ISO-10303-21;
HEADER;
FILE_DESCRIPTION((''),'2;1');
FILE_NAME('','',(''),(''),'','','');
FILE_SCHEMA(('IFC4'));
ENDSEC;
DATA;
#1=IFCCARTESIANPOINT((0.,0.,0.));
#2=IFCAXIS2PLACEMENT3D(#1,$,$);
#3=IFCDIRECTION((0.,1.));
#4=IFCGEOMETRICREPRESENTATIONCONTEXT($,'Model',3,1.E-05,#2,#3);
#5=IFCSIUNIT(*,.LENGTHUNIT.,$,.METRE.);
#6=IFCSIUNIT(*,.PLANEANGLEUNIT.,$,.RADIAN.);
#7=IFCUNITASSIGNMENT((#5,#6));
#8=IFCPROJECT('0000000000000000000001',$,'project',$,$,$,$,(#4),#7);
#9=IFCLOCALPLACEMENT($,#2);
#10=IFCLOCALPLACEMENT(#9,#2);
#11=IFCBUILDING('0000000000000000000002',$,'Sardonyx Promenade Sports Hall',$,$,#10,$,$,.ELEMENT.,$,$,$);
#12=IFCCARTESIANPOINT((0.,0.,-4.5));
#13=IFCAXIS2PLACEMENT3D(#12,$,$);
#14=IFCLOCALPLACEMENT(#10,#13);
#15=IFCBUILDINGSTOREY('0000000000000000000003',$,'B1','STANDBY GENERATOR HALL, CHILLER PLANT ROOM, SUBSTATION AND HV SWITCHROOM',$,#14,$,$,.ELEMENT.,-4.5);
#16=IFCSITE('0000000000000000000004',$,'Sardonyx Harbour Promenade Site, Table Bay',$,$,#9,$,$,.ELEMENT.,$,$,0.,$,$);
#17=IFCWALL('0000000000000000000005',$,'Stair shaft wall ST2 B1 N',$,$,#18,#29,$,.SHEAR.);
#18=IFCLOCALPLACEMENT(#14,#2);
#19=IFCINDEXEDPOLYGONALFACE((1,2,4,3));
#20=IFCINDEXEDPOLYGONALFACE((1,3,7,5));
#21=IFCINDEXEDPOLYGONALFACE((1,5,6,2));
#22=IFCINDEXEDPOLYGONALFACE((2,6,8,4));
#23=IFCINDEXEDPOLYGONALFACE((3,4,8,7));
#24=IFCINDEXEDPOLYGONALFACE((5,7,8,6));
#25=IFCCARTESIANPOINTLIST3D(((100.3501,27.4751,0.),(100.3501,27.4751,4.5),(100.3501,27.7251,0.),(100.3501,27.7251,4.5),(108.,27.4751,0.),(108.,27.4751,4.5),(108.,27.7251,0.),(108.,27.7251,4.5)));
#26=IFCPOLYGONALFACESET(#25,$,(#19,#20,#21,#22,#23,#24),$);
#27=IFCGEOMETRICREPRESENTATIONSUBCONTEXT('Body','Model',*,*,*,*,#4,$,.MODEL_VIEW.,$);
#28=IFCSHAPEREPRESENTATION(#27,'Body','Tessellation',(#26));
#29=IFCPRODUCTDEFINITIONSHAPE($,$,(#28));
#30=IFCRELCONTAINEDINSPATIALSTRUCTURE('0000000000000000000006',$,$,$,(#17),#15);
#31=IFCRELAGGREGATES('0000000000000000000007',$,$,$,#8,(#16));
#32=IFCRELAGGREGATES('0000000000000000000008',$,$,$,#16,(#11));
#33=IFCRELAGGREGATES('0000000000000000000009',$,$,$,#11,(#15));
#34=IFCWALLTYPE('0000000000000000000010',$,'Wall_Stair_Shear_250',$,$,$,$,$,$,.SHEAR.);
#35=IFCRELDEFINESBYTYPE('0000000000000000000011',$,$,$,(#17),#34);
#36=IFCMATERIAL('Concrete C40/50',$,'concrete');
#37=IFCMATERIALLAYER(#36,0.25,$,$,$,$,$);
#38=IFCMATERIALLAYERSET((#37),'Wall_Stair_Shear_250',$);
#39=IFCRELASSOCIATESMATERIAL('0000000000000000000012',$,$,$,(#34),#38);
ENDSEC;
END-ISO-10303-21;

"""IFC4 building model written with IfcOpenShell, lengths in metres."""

from ifc_helpers import new_model, si_unit, direction, frame, frame_2d, origin, place, context, subcontext, project, spatial, rectangle, extrude, material, layer, layer_set, type_object, element, save


model = new_model("IFC4")

# Units and contexts
model_context = context("Model", 3, precision=1e-05, world=origin(), true_north=direction((0.0, 1.0)))
body_context = subcontext(model_context, "Body", "Model", "MODEL_VIEW")
ifc_project = project(units=[si_unit("LENGTHUNIT", "METRE"), si_unit("PLANEANGLEUNIT", "RADIAN")], contexts=[model_context])

# Site, building, storey
site_placement = place(None, origin())
site = spatial("IfcSite", under=ifc_project, at=site_placement, Name="Sardonyx Harbour Promenade Site, Table Bay", CompositionType="ELEMENT", RefElevation=0.0)
building_placement = place(site_placement, origin())
building = spatial("IfcBuilding", under=site, at=building_placement, Name="Sardonyx Promenade Sports Hall", CompositionType="ELEMENT")
storey_placement = place(building_placement, frame((0.0, 0.0, -4.5)))
storey = spatial("IfcBuildingStorey", under=building, at=storey_placement, Name="B1", Description="STANDBY GENERATOR HALL, CHILLER PLANT ROOM, SUBSTATION AND HV SWITCHROOM", CompositionType="ELEMENT", Elevation=-4.5)

# Shared definitions
ifc_material_1 = material(Name="Concrete C40/50", Category="concrete")
ifc_layer_1 = layer(ifc_material_1, 0.25)
ifc_layer_set_1 = layer_set([ifc_layer_1], Name="Wall_Stair_Shear_250")
wall_type_1 = type_object("IfcWallType", Name="Wall_Stair_Shear_250", PredefinedType="SHEAR", material=ifc_layer_set_1)

# Wall
wall_1_placement = place(storey_placement, frame((100.3501, 27.6001, 0.0), z_axis=(0.0, 0.0, 1.0), x_axis=(1.0, 0.0, 0.0)))
element("IfcWall", 1, at=wall_1_placement, inside=storey, type_object=wall_type_1, Name="Stair shaft wall ST2 B1 N", PredefinedType="SHEAR", context=body_context, shape_type="SweptSolid", body=[
    extrude(rectangle(XDim=7.6499, YDim=0.25, at=frame_2d((3.825, 0.0))), origin(), (0.0, 0.0, 1.0), 4.5),
])

save(model, "model.ifc")
